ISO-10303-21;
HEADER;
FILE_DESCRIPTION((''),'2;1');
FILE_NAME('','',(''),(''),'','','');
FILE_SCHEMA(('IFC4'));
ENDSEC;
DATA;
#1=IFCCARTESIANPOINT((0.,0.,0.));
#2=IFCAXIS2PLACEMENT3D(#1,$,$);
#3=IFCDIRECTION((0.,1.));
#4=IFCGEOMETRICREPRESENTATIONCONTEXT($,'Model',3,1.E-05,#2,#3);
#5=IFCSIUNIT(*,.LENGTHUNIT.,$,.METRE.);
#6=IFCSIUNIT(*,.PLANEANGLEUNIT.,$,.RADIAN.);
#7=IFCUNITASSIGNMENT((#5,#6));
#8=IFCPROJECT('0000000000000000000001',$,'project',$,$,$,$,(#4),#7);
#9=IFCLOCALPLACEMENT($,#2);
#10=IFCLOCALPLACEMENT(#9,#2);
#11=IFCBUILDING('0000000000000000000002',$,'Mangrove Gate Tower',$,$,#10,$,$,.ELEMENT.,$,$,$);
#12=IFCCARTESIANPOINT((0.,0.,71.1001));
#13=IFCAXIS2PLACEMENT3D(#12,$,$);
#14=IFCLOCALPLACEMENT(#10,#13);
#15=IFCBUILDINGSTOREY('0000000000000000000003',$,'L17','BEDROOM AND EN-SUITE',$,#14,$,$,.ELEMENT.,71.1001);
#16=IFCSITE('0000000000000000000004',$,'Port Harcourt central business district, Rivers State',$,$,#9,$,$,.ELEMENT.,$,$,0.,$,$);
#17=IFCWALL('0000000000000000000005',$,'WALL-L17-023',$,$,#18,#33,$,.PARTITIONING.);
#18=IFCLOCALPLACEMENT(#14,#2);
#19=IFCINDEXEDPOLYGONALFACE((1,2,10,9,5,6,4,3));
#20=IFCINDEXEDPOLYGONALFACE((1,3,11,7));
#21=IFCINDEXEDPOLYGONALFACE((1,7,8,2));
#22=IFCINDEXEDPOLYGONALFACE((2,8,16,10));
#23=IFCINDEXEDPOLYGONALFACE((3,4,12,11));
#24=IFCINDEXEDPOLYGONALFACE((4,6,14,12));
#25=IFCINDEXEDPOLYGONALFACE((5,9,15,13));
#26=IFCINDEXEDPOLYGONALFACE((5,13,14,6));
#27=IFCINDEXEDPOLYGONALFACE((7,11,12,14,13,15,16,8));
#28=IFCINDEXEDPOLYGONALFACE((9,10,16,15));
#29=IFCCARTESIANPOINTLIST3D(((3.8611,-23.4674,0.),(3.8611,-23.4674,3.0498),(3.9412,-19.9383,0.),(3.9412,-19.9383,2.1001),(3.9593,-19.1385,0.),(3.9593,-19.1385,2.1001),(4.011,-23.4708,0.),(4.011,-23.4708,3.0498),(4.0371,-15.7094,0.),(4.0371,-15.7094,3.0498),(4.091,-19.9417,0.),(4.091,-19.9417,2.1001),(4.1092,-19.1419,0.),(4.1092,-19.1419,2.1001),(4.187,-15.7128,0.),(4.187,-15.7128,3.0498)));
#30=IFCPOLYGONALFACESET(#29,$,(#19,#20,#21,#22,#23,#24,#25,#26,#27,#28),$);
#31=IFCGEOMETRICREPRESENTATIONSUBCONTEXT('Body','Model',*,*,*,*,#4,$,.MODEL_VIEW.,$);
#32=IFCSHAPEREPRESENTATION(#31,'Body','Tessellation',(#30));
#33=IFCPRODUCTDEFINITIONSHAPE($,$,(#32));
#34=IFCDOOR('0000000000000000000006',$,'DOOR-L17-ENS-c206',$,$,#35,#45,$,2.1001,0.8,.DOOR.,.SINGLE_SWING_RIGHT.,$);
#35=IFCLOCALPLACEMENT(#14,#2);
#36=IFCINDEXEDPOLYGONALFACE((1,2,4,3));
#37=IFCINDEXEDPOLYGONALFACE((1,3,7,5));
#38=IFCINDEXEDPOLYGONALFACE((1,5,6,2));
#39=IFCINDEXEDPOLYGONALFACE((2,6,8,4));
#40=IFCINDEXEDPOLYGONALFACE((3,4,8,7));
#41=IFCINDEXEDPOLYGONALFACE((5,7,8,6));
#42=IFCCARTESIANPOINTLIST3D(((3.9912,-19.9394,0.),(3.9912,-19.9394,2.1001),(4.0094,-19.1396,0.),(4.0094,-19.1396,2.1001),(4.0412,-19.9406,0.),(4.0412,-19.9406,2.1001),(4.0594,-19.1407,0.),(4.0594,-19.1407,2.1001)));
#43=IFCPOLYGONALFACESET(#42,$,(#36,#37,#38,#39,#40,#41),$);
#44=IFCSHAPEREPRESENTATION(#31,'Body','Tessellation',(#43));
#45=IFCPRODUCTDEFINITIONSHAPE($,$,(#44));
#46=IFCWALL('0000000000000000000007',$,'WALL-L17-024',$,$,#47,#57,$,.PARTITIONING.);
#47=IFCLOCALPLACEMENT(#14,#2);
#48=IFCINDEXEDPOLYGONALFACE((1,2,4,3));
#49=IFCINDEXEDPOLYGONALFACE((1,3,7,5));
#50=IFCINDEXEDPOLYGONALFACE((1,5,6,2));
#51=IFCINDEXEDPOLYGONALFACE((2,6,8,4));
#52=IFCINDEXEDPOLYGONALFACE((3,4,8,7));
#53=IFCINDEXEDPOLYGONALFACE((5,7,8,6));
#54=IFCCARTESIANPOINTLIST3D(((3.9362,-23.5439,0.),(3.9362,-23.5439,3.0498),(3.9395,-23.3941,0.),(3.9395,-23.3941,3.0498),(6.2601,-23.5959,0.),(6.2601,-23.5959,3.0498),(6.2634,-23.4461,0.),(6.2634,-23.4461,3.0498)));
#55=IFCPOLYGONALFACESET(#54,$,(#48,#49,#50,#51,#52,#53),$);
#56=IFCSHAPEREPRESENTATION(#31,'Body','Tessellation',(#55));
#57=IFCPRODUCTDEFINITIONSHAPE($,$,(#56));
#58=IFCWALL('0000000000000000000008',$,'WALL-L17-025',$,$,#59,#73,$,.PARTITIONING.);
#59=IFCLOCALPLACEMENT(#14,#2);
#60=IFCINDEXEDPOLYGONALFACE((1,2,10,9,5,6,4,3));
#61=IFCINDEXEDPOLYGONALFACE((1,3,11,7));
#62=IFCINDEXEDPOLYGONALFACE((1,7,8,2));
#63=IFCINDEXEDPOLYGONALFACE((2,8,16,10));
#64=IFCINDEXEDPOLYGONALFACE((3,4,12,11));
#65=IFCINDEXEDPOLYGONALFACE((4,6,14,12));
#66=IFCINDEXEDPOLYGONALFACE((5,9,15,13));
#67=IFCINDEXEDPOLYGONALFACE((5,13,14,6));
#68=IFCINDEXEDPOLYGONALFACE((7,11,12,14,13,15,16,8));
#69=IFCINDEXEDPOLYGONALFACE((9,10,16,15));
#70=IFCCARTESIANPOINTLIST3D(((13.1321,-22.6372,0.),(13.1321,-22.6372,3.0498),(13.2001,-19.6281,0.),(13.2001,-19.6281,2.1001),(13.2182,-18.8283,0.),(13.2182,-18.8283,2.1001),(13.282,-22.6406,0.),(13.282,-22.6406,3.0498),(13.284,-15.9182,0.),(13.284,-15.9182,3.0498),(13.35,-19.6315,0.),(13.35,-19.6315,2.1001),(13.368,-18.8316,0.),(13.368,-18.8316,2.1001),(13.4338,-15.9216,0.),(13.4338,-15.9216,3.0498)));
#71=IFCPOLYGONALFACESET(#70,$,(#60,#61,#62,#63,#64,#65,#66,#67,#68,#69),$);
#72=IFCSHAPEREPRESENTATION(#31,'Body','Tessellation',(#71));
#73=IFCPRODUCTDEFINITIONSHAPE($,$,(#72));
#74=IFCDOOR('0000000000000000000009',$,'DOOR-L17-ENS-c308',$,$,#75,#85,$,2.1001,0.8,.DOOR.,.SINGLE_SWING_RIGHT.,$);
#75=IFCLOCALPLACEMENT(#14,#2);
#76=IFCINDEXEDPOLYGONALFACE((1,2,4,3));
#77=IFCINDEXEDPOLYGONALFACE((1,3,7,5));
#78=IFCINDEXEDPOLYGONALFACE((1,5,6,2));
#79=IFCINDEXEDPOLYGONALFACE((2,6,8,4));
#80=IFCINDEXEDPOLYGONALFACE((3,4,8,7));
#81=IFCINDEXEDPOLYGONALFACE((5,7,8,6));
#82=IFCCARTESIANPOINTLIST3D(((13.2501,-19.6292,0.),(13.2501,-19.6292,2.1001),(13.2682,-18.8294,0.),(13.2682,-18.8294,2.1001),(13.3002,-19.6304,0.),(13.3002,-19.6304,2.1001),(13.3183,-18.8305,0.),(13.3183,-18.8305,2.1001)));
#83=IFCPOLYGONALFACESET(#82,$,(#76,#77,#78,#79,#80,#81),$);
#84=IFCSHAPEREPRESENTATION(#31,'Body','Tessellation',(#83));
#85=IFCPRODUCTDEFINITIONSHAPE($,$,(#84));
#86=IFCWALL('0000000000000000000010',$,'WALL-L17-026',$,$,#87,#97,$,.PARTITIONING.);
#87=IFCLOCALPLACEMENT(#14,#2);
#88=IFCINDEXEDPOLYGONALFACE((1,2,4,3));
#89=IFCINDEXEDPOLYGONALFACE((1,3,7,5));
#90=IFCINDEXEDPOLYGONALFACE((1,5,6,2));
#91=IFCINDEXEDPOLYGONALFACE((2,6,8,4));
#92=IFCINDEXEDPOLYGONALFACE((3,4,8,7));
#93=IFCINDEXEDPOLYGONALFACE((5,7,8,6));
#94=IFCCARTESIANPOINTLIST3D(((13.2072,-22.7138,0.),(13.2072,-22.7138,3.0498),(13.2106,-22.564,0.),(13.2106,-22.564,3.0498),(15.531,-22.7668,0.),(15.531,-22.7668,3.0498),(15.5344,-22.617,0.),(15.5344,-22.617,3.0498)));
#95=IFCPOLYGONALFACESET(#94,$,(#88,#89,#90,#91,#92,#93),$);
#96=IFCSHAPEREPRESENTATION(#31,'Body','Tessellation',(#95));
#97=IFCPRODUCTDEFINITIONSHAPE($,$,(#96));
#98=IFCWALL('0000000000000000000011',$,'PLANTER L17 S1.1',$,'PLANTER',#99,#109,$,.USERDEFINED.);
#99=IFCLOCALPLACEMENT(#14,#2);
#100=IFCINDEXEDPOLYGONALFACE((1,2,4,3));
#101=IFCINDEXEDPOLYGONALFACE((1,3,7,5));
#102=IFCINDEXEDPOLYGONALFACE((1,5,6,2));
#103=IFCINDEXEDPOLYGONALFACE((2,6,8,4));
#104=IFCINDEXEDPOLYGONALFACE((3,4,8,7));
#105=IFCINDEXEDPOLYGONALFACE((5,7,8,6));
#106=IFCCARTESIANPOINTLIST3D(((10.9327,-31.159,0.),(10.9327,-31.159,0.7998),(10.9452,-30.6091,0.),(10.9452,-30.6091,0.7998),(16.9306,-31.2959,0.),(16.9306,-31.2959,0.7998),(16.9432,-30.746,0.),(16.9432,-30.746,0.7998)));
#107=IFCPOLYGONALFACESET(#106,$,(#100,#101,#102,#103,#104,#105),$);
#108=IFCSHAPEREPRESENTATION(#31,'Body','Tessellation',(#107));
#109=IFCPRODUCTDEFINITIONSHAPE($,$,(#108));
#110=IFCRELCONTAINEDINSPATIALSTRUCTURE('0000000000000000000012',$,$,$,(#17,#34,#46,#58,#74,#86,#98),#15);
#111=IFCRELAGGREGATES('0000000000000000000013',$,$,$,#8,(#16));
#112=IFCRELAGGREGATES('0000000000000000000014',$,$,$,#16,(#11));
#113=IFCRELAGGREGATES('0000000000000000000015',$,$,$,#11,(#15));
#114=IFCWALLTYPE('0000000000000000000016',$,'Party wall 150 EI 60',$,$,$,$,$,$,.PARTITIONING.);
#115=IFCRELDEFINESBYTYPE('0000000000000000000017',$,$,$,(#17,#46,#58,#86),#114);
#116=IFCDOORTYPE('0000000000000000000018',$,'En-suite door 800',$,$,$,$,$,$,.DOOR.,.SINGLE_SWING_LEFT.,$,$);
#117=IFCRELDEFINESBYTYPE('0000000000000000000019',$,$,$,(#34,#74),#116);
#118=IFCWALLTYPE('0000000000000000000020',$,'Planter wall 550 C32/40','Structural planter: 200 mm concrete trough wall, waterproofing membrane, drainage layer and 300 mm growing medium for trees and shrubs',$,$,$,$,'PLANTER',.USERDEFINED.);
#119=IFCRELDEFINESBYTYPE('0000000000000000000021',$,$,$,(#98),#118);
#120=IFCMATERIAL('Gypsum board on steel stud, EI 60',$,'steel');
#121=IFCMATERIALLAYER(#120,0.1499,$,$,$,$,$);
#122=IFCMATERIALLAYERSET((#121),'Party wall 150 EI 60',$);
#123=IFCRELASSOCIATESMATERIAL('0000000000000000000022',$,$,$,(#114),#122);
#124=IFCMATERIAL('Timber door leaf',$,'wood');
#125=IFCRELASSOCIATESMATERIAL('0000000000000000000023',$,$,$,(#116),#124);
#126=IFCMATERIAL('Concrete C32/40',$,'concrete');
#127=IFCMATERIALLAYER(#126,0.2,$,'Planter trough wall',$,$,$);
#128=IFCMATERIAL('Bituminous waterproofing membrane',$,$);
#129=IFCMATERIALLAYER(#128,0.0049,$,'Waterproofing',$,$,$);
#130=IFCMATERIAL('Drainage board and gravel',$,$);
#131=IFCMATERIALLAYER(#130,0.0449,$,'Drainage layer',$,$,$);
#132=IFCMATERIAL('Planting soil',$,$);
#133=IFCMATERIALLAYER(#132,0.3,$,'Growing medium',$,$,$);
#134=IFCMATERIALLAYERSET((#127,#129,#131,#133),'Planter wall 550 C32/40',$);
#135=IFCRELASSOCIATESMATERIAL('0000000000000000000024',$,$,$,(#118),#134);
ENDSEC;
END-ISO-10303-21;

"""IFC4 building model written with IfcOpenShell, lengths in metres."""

from ifc_helpers import new_model, si_unit, direction, frame, frame_2d, origin, place, context, subcontext, project, spatial, rectangle, extrude, material, layer, layer_set, type_object, element, fill, save


model = new_model("IFC4")

# Units and contexts
model_context = context("Model", 3, precision=1e-05, world=origin(), true_north=direction((0.0, 1.0)))
body_context = subcontext(model_context, "Body", "Model", "MODEL_VIEW")
ifc_project = project(units=[si_unit("LENGTHUNIT", "METRE"), si_unit("PLANEANGLEUNIT", "RADIAN")], contexts=[model_context])

# Site, building, storey
site_placement = place(None, origin())
site = spatial("IfcSite", under=ifc_project, at=site_placement, Name="Port Harcourt central business district, Rivers State", CompositionType="ELEMENT", RefElevation=0.0)
building_placement = place(site_placement, origin())
building = spatial("IfcBuilding", under=site, at=building_placement, Name="Mangrove Gate Tower", CompositionType="ELEMENT")
storey_placement = place(building_placement, frame((0.0, 0.0, 71.1001)))
storey = spatial("IfcBuildingStorey", under=building, at=storey_placement, Name="L17", Description="BEDROOM AND EN-SUITE", CompositionType="ELEMENT", Elevation=71.1001)

# Shared definitions
ifc_material_1 = material(Name="Gypsum board on steel stud, EI 60", Category="steel")
ifc_layer_1 = layer(ifc_material_1, 0.1499)
ifc_layer_set_1 = layer_set([ifc_layer_1], Name="Party wall 150 EI 60")
wall_type_1 = type_object("IfcWallType", Name="Party wall 150 EI 60", PredefinedType="PARTITIONING", material=ifc_layer_set_1)

# Shared definitions
ifc_material_2 = material(Name="Timber door leaf", Category="wood")
door_type = type_object("IfcDoorType", Name="En-suite door 800", OperationType="SINGLE_SWING_LEFT", PredefinedType="DOOR", material=ifc_material_2)

# Wall, opening, door
wall_1_placement = place(storey_placement, frame((3.936, -23.469, 0.0), z_axis=(0.0, 0.0, 1.0), x_axis=(0.022684, 0.999743, 0.0)))
wall_1 = element("IfcWall", 1, at=wall_1_placement, inside=storey, type_object=wall_type_1, Name="WALL-L17-023", PredefinedType="PARTITIONING", context=body_context, shape_type="SweptSolid", body=[
    extrude(rectangle(XDim=7.76, YDim=0.1499, at=frame_2d((3.8799, 0.0))), origin(), (0.0, 0.0, 1.0), 3.0498),
])
opening_1_placement = place(wall_1_placement, frame((3.53, 0.0, 0.0)))
opening_1 = element("IfcOpeningElement", 2, at=opening_1_placement, cuts=wall_1, PredefinedType="OPENING", context=body_context, shape_type="SweptSolid", body=[
    extrude(rectangle(XDim=0.8, YDim=2.1001, at=frame_2d((0.3999, 1.05))), frame((0.0, 0.085, 0.0), z_axis=(0.0, -1.0, 0.0), x_axis=(1.0, 0.0, 0.0)), (0.0, 0.0, 1.0), 0.1699),
])
door_1_placement = place(opening_1_placement, origin())
door_1 = element("IfcDoor", 3, at=door_1_placement, inside=storey, type_object=door_type, Name="DOOR-L17-ENS-c206", OperationType="SINGLE_SWING_RIGHT", OverallHeight=2.1001, OverallWidth=0.8, PredefinedType="DOOR", context=body_context, shape_type="SweptSolid", body=[
    extrude(rectangle(XDim=0.8, YDim=2.1001, at=frame_2d((0.3999, 1.05))), frame((0.0, 0.0249, 0.0), z_axis=(0.0, -1.0, 0.0), x_axis=(1.0, 0.0, 0.0)), (0.0, 0.0, 1.0), 0.05),
])
fill(opening_1, door_1)

# Wall
wall_2_placement = place(storey_placement, frame((3.938, -23.469, 0.0), z_axis=(0.0, 0.0, 1.0), x_axis=(0.99975, -0.022371, 0.0)))
element("IfcWall", 4, at=wall_2_placement, inside=storey, type_object=wall_type_1, Name="WALL-L17-024", PredefinedType="PARTITIONING", context=body_context, shape_type="SweptSolid", body=[
    extrude(rectangle(XDim=2.3245, YDim=0.1499, at=frame_2d((1.1621, 0.0))), origin(), (0.0, 0.0, 1.0), 3.0498),
])

# Wall, opening, door
wall_3_placement = place(storey_placement, frame((13.207, -22.6389, 0.0), z_axis=(0.0, 0.0, 1.0), x_axis=(0.022595, 0.999745, 0.0)))
wall_3 = element("IfcWall", 5, at=wall_3_placement, inside=storey, type_object=wall_type_1, Name="WALL-L17-025", PredefinedType="PARTITIONING", context=body_context, shape_type="SweptSolid", body=[
    extrude(rectangle(XDim=6.7207, YDim=0.1499, at=frame_2d((3.3604, 0.0))), origin(), (0.0, 0.0, 1.0), 3.0498),
])
opening_2_placement = place(wall_3_placement, frame((3.01, 0.0, 0.0)))
opening_2 = element("IfcOpeningElement", 6, at=opening_2_placement, cuts=wall_3, PredefinedType="OPENING", context=body_context, shape_type="SweptSolid", body=[
    extrude(rectangle(XDim=0.8, YDim=2.1001, at=frame_2d((0.3999, 1.05))), frame((0.0, 0.085, 0.0), z_axis=(0.0, -1.0, 0.0), x_axis=(1.0, 0.0, 0.0)), (0.0, 0.0, 1.0), 0.1699),
])
door_2_placement = place(opening_2_placement, origin())
door_2 = element("IfcDoor", 7, at=door_2_placement, inside=storey, type_object=door_type, Name="DOOR-L17-ENS-c308", OperationType="SINGLE_SWING_RIGHT", OverallHeight=2.1001, OverallWidth=0.8, PredefinedType="DOOR", context=body_context, shape_type="SweptSolid", body=[
    extrude(rectangle(XDim=0.8, YDim=2.1001, at=frame_2d((0.3999, 1.05))), frame((0.0, 0.0249, 0.0), z_axis=(0.0, -1.0, 0.0), x_axis=(1.0, 0.0, 0.0)), (0.0, 0.0, 1.0), 0.05),
])
fill(opening_2, door_2)

# Walls
wall_4_placement = place(storey_placement, frame((13.209, -22.6389, 0.0), z_axis=(0.0, 0.0, 1.0), x_axis=(0.99974, -0.022791, 0.0)))
element("IfcWall", 8, at=wall_4_placement, inside=storey, type_object=wall_type_1, Name="WALL-L17-026", PredefinedType="PARTITIONING", context=body_context, shape_type="SweptSolid", body=[
    extrude(rectangle(XDim=2.3245, YDim=0.1499, at=frame_2d((1.1621, 0.0))), origin(), (0.0, 0.0, 1.0), 3.0498),
])
ifc_material_3 = material(Name="Concrete C32/40", Category="concrete")
ifc_layer_2 = layer(ifc_material_3, 0.2, Name="Planter trough wall")
ifc_material_4 = material(Name="Bituminous waterproofing membrane")
ifc_layer_3 = layer(ifc_material_4, 0.0049, Name="Waterproofing")
ifc_material_5 = material(Name="Drainage board and gravel")
ifc_layer_4 = layer(ifc_material_5, 0.0449, Name="Drainage layer")
ifc_material_6 = material(Name="Planting soil")
ifc_layer_5 = layer(ifc_material_6, 0.3, Name="Growing medium")
ifc_layer_set_2 = layer_set([ifc_layer_2, ifc_layer_3, ifc_layer_4, ifc_layer_5], Name="Planter wall 550 C32/40")
wall_type_2 = type_object("IfcWallType", Name="Planter wall 550 C32/40", Description="Structural planter: 200 mm concrete trough wall, waterproofing membrane, drainage layer and 300 mm growing medium for trees and shrubs", ElementType="PLANTER", PredefinedType="USERDEFINED", material=ifc_layer_set_2)
wall_5_placement = place(storey_placement, frame((10.939, -30.884, 0.0), z_axis=(0.0, 0.0, 1.0), x_axis=(0.999739, -0.022829, 0.0)))
element("IfcWall", 9, at=wall_5_placement, inside=storey, type_object=wall_type_2, Name="PLANTER L17 S1.1", ObjectType="PLANTER", PredefinedType="USERDEFINED", context=body_context, shape_type="SweptSolid", body=[
    extrude(rectangle(XDim=5.9995, YDim=0.55, at=frame_2d((2.9998, 0.0))), origin(), (0.0, 0.0, 1.0), 0.7998),
])

save(model, "model.ifc")
